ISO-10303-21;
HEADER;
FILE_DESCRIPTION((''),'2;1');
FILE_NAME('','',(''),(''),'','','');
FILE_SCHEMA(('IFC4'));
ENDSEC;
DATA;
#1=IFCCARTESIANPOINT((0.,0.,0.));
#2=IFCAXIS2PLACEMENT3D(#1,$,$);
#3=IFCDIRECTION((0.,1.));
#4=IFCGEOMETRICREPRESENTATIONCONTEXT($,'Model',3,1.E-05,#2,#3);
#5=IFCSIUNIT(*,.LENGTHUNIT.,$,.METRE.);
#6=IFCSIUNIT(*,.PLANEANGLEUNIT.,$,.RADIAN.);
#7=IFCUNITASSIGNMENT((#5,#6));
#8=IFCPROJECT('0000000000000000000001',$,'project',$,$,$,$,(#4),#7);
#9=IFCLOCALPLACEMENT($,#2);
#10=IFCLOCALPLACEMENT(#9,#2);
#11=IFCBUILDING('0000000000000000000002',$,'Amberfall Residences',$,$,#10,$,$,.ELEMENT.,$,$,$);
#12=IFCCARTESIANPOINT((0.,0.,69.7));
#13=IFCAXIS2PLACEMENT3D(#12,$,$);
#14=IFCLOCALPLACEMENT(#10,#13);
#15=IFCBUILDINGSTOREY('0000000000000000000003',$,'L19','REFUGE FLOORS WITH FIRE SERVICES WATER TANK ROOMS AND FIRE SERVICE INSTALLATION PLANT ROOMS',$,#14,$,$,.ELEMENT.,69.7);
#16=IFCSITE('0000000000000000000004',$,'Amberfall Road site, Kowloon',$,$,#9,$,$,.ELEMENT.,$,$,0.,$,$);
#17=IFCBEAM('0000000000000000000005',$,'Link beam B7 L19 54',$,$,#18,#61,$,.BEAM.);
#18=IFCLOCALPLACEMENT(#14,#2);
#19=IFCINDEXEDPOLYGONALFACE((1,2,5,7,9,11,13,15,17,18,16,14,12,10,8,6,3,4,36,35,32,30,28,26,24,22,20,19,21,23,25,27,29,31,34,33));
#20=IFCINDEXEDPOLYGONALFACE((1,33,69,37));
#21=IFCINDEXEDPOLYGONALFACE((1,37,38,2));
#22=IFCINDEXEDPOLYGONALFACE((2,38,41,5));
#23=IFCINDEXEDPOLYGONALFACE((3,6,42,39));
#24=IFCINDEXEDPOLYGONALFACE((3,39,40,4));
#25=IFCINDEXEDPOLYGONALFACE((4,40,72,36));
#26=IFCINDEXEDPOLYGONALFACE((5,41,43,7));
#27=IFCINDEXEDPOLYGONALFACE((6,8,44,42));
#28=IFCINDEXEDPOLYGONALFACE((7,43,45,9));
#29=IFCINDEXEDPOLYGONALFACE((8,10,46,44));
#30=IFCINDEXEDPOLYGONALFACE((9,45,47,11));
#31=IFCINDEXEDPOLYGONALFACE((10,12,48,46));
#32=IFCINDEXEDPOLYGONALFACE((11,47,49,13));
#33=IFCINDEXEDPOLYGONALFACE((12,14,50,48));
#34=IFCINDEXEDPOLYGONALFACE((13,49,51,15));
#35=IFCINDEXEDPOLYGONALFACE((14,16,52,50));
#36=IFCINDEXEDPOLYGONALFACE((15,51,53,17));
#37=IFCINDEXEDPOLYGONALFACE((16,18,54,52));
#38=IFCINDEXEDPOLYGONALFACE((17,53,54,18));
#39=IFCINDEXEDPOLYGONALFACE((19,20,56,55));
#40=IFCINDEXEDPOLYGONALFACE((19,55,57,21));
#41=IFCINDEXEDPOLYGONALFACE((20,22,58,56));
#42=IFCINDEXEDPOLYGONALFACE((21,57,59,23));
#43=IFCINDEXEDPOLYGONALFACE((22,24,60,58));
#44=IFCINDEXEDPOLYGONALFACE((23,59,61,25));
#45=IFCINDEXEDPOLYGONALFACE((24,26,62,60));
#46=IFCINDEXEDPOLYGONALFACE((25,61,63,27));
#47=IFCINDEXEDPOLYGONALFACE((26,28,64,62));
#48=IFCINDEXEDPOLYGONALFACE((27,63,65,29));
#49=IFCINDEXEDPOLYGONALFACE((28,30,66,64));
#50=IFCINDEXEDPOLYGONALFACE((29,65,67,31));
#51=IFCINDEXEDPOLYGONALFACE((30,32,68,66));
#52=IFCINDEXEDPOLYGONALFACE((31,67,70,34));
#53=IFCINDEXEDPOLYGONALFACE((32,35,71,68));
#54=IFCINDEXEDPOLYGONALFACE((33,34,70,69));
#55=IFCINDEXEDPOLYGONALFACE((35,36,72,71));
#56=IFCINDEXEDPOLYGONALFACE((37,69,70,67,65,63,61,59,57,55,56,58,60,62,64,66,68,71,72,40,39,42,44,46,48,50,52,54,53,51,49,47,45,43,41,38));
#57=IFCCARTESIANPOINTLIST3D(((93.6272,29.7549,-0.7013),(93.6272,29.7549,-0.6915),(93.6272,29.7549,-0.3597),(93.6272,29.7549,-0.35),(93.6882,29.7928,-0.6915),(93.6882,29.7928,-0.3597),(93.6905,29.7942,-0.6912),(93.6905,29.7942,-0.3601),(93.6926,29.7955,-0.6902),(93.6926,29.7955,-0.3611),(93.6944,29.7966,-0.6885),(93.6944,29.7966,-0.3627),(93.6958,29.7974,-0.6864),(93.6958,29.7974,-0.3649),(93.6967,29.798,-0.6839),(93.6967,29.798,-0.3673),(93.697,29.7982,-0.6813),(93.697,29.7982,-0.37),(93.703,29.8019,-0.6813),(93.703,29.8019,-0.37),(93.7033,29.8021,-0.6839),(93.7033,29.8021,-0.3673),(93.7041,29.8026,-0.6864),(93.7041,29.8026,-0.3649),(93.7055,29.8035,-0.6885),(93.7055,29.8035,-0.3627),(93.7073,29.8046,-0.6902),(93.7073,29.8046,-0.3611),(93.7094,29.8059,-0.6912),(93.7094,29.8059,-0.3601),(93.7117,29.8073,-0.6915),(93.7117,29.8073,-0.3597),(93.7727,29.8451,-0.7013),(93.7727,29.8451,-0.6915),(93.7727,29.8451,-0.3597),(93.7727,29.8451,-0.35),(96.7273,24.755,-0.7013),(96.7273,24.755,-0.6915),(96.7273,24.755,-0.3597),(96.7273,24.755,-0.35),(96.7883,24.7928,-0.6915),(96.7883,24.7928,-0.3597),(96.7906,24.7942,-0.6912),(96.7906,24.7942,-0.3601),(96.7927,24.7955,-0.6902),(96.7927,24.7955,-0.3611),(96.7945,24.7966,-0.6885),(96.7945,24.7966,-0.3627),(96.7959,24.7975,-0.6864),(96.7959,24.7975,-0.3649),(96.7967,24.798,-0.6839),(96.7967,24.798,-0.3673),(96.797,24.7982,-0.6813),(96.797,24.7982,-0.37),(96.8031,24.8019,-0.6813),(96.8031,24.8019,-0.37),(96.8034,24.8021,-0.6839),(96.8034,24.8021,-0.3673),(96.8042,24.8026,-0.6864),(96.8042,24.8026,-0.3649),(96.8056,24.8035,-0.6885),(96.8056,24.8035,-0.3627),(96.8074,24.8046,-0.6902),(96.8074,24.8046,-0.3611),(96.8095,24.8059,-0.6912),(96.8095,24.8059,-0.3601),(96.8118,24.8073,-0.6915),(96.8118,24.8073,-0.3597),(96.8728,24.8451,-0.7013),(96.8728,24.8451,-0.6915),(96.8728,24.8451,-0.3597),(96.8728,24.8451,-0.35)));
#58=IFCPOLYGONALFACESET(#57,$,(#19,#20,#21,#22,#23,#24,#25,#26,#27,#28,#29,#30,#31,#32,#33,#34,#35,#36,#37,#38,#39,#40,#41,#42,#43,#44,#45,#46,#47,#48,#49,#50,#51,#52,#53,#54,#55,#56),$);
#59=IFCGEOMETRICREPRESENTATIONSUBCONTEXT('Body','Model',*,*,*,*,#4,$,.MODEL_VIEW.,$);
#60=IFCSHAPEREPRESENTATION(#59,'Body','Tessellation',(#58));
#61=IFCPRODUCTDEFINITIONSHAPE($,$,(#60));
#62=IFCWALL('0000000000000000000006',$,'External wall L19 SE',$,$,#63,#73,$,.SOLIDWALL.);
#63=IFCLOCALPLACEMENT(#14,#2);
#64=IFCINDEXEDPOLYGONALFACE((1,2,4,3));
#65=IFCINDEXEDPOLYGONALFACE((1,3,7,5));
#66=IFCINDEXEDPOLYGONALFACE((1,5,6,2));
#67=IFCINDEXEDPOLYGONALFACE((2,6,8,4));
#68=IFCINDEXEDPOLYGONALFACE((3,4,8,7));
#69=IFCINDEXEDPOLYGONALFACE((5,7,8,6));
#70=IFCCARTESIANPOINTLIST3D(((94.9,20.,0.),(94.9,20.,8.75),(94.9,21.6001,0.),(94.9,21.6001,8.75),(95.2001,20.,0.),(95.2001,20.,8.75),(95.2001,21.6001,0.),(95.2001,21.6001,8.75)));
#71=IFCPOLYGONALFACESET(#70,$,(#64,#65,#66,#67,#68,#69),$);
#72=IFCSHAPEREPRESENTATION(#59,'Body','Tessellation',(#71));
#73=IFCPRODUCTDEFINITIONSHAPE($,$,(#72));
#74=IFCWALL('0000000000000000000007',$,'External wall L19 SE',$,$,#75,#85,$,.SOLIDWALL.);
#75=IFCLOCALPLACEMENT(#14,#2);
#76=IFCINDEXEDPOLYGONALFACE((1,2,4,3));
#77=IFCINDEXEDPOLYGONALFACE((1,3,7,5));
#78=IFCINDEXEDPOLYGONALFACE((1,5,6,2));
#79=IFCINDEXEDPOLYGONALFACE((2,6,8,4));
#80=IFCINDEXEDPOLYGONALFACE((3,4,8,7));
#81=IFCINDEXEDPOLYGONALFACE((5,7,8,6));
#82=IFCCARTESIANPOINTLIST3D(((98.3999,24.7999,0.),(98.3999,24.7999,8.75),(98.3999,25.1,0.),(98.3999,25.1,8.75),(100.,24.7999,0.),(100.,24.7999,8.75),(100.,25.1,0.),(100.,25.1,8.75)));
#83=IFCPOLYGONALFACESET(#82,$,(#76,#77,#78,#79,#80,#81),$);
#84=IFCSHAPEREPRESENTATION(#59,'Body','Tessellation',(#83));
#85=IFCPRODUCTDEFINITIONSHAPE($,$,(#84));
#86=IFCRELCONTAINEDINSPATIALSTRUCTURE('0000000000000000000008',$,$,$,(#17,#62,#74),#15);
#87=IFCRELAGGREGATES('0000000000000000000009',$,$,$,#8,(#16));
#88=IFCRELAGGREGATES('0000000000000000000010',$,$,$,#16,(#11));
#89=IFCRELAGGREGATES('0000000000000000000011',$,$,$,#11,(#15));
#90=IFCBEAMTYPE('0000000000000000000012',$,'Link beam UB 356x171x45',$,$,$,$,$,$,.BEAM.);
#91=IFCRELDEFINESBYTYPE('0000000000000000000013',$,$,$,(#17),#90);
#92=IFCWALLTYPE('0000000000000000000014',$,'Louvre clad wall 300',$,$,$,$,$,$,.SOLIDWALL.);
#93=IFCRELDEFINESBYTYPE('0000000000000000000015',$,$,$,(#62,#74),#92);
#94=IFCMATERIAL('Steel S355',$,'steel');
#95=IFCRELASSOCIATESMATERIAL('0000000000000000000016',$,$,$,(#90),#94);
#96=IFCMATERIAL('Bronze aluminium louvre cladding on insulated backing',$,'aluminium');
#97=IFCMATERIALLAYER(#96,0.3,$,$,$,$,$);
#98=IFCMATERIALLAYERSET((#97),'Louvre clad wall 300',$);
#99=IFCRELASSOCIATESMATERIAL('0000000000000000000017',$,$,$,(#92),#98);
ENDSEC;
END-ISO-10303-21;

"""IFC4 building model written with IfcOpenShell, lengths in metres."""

from ifc_helpers import new_model, si_unit, direction, frame, frame_2d, origin, origin_2d, place, context, subcontext, project, spatial, rectangle, i_section, extrude, material, layer, layer_set, material_profile, profile_set, type_object, element, save


model = new_model("IFC4")

# Units and contexts
model_context = context("Model", 3, precision=1e-05, world=origin(), true_north=direction((0.0, 1.0)))
body_context = subcontext(model_context, "Body", "Model", "MODEL_VIEW")
ifc_project = project(units=[si_unit("LENGTHUNIT", "METRE"), si_unit("PLANEANGLEUNIT", "RADIAN")], contexts=[model_context])

# Site, building, storey
site_placement = place(None, origin())
site = spatial("IfcSite", under=ifc_project, at=site_placement, Name="Amberfall Road site, Kowloon", CompositionType="ELEMENT", RefElevation=0.0)
building_placement = place(site_placement, origin())
building = spatial("IfcBuilding", under=site, at=building_placement, Name="Amberfall Residences", CompositionType="ELEMENT")
storey_placement = place(building_placement, frame((0.0, 0.0, 69.7)))
storey = spatial("IfcBuildingStorey", under=building, at=storey_placement, Name="L19", Description="REFUGE FLOORS WITH FIRE SERVICES WATER TANK ROOMS AND FIRE SERVICE INSTALLATION PLANT ROOMS", CompositionType="ELEMENT", Elevation=69.7)

# Shared definitions
ifc_material_1 = material(Name="Steel S355", Category="steel")

# Beam
ifc_material_profile_1 = material_profile(ifc_material_1, i_section(OverallWidth=0.1711, OverallDepth=0.3513, WebThickness=0.0071, FlangeThickness=0.0098, FilletRadius=0.0103, at=origin_2d()), Name="UB 356x171x45")
ifc_profile_set_1 = profile_set([ifc_material_profile_1], Name="Steel S355")
beam_type_1 = type_object("IfcBeamType", Name="Link beam UB 356x171x45", PredefinedType="BEAM", material=ifc_profile_set_1)
beam_1_placement = place(storey_placement, frame((96.8, 24.8, -0.5256), z_axis=(-0.526952, 0.849895, 0.0), x_axis=(-0.849895, -0.526952, 0.0)))
element("IfcBeam", 1, at=beam_1_placement, inside=storey, type_object=beam_type_1, Name="Link beam B7 L19 54", PredefinedType="BEAM", context=body_context, shape_type="SweptSolid", body=[
    extrude(i_section(OverallWidth=0.1711, OverallDepth=0.3513, WebThickness=0.0071, FlangeThickness=0.0098, FilletRadius=0.0103, at=origin_2d()), origin(), (0.0, 0.0, 1.0), 5.8831),
])

# Walls
ifc_material_2 = material(Name="Bronze aluminium louvre cladding on insulated backing", Category="aluminium")
ifc_layer = layer(ifc_material_2, 0.3)
ifc_layer_set = layer_set([ifc_layer], Name="Louvre clad wall 300")
wall_type = type_object("IfcWallType", Name="Louvre clad wall 300", PredefinedType="SOLIDWALL", material=ifc_layer_set)
for number, where, z_axis, x_axis, name in (
    (2, (95.05, 20.0, 0.0), (0.0, 0.0, 1.0), (0.0, 1.0, 0.0), "External wall L19 SE"),
    (3, (98.3999, 24.95, 0.0), (0.0, 0.0, 1.0), (1.0, 0.0, 0.0), "External wall L19 SE"),
):
    element("IfcWall", number, at=place(storey_placement, frame(where, z_axis=z_axis, x_axis=x_axis)), inside=storey, type_object=wall_type, Name=name, PredefinedType="SOLIDWALL", context=body_context, shape_type="SweptSolid", body=[
        extrude(rectangle(XDim=1.6001, YDim=0.3, at=frame_2d((0.8, 0.0))), origin(), (0.0, 0.0, 1.0), 8.75),
    ])

save(model, "model.ifc")
